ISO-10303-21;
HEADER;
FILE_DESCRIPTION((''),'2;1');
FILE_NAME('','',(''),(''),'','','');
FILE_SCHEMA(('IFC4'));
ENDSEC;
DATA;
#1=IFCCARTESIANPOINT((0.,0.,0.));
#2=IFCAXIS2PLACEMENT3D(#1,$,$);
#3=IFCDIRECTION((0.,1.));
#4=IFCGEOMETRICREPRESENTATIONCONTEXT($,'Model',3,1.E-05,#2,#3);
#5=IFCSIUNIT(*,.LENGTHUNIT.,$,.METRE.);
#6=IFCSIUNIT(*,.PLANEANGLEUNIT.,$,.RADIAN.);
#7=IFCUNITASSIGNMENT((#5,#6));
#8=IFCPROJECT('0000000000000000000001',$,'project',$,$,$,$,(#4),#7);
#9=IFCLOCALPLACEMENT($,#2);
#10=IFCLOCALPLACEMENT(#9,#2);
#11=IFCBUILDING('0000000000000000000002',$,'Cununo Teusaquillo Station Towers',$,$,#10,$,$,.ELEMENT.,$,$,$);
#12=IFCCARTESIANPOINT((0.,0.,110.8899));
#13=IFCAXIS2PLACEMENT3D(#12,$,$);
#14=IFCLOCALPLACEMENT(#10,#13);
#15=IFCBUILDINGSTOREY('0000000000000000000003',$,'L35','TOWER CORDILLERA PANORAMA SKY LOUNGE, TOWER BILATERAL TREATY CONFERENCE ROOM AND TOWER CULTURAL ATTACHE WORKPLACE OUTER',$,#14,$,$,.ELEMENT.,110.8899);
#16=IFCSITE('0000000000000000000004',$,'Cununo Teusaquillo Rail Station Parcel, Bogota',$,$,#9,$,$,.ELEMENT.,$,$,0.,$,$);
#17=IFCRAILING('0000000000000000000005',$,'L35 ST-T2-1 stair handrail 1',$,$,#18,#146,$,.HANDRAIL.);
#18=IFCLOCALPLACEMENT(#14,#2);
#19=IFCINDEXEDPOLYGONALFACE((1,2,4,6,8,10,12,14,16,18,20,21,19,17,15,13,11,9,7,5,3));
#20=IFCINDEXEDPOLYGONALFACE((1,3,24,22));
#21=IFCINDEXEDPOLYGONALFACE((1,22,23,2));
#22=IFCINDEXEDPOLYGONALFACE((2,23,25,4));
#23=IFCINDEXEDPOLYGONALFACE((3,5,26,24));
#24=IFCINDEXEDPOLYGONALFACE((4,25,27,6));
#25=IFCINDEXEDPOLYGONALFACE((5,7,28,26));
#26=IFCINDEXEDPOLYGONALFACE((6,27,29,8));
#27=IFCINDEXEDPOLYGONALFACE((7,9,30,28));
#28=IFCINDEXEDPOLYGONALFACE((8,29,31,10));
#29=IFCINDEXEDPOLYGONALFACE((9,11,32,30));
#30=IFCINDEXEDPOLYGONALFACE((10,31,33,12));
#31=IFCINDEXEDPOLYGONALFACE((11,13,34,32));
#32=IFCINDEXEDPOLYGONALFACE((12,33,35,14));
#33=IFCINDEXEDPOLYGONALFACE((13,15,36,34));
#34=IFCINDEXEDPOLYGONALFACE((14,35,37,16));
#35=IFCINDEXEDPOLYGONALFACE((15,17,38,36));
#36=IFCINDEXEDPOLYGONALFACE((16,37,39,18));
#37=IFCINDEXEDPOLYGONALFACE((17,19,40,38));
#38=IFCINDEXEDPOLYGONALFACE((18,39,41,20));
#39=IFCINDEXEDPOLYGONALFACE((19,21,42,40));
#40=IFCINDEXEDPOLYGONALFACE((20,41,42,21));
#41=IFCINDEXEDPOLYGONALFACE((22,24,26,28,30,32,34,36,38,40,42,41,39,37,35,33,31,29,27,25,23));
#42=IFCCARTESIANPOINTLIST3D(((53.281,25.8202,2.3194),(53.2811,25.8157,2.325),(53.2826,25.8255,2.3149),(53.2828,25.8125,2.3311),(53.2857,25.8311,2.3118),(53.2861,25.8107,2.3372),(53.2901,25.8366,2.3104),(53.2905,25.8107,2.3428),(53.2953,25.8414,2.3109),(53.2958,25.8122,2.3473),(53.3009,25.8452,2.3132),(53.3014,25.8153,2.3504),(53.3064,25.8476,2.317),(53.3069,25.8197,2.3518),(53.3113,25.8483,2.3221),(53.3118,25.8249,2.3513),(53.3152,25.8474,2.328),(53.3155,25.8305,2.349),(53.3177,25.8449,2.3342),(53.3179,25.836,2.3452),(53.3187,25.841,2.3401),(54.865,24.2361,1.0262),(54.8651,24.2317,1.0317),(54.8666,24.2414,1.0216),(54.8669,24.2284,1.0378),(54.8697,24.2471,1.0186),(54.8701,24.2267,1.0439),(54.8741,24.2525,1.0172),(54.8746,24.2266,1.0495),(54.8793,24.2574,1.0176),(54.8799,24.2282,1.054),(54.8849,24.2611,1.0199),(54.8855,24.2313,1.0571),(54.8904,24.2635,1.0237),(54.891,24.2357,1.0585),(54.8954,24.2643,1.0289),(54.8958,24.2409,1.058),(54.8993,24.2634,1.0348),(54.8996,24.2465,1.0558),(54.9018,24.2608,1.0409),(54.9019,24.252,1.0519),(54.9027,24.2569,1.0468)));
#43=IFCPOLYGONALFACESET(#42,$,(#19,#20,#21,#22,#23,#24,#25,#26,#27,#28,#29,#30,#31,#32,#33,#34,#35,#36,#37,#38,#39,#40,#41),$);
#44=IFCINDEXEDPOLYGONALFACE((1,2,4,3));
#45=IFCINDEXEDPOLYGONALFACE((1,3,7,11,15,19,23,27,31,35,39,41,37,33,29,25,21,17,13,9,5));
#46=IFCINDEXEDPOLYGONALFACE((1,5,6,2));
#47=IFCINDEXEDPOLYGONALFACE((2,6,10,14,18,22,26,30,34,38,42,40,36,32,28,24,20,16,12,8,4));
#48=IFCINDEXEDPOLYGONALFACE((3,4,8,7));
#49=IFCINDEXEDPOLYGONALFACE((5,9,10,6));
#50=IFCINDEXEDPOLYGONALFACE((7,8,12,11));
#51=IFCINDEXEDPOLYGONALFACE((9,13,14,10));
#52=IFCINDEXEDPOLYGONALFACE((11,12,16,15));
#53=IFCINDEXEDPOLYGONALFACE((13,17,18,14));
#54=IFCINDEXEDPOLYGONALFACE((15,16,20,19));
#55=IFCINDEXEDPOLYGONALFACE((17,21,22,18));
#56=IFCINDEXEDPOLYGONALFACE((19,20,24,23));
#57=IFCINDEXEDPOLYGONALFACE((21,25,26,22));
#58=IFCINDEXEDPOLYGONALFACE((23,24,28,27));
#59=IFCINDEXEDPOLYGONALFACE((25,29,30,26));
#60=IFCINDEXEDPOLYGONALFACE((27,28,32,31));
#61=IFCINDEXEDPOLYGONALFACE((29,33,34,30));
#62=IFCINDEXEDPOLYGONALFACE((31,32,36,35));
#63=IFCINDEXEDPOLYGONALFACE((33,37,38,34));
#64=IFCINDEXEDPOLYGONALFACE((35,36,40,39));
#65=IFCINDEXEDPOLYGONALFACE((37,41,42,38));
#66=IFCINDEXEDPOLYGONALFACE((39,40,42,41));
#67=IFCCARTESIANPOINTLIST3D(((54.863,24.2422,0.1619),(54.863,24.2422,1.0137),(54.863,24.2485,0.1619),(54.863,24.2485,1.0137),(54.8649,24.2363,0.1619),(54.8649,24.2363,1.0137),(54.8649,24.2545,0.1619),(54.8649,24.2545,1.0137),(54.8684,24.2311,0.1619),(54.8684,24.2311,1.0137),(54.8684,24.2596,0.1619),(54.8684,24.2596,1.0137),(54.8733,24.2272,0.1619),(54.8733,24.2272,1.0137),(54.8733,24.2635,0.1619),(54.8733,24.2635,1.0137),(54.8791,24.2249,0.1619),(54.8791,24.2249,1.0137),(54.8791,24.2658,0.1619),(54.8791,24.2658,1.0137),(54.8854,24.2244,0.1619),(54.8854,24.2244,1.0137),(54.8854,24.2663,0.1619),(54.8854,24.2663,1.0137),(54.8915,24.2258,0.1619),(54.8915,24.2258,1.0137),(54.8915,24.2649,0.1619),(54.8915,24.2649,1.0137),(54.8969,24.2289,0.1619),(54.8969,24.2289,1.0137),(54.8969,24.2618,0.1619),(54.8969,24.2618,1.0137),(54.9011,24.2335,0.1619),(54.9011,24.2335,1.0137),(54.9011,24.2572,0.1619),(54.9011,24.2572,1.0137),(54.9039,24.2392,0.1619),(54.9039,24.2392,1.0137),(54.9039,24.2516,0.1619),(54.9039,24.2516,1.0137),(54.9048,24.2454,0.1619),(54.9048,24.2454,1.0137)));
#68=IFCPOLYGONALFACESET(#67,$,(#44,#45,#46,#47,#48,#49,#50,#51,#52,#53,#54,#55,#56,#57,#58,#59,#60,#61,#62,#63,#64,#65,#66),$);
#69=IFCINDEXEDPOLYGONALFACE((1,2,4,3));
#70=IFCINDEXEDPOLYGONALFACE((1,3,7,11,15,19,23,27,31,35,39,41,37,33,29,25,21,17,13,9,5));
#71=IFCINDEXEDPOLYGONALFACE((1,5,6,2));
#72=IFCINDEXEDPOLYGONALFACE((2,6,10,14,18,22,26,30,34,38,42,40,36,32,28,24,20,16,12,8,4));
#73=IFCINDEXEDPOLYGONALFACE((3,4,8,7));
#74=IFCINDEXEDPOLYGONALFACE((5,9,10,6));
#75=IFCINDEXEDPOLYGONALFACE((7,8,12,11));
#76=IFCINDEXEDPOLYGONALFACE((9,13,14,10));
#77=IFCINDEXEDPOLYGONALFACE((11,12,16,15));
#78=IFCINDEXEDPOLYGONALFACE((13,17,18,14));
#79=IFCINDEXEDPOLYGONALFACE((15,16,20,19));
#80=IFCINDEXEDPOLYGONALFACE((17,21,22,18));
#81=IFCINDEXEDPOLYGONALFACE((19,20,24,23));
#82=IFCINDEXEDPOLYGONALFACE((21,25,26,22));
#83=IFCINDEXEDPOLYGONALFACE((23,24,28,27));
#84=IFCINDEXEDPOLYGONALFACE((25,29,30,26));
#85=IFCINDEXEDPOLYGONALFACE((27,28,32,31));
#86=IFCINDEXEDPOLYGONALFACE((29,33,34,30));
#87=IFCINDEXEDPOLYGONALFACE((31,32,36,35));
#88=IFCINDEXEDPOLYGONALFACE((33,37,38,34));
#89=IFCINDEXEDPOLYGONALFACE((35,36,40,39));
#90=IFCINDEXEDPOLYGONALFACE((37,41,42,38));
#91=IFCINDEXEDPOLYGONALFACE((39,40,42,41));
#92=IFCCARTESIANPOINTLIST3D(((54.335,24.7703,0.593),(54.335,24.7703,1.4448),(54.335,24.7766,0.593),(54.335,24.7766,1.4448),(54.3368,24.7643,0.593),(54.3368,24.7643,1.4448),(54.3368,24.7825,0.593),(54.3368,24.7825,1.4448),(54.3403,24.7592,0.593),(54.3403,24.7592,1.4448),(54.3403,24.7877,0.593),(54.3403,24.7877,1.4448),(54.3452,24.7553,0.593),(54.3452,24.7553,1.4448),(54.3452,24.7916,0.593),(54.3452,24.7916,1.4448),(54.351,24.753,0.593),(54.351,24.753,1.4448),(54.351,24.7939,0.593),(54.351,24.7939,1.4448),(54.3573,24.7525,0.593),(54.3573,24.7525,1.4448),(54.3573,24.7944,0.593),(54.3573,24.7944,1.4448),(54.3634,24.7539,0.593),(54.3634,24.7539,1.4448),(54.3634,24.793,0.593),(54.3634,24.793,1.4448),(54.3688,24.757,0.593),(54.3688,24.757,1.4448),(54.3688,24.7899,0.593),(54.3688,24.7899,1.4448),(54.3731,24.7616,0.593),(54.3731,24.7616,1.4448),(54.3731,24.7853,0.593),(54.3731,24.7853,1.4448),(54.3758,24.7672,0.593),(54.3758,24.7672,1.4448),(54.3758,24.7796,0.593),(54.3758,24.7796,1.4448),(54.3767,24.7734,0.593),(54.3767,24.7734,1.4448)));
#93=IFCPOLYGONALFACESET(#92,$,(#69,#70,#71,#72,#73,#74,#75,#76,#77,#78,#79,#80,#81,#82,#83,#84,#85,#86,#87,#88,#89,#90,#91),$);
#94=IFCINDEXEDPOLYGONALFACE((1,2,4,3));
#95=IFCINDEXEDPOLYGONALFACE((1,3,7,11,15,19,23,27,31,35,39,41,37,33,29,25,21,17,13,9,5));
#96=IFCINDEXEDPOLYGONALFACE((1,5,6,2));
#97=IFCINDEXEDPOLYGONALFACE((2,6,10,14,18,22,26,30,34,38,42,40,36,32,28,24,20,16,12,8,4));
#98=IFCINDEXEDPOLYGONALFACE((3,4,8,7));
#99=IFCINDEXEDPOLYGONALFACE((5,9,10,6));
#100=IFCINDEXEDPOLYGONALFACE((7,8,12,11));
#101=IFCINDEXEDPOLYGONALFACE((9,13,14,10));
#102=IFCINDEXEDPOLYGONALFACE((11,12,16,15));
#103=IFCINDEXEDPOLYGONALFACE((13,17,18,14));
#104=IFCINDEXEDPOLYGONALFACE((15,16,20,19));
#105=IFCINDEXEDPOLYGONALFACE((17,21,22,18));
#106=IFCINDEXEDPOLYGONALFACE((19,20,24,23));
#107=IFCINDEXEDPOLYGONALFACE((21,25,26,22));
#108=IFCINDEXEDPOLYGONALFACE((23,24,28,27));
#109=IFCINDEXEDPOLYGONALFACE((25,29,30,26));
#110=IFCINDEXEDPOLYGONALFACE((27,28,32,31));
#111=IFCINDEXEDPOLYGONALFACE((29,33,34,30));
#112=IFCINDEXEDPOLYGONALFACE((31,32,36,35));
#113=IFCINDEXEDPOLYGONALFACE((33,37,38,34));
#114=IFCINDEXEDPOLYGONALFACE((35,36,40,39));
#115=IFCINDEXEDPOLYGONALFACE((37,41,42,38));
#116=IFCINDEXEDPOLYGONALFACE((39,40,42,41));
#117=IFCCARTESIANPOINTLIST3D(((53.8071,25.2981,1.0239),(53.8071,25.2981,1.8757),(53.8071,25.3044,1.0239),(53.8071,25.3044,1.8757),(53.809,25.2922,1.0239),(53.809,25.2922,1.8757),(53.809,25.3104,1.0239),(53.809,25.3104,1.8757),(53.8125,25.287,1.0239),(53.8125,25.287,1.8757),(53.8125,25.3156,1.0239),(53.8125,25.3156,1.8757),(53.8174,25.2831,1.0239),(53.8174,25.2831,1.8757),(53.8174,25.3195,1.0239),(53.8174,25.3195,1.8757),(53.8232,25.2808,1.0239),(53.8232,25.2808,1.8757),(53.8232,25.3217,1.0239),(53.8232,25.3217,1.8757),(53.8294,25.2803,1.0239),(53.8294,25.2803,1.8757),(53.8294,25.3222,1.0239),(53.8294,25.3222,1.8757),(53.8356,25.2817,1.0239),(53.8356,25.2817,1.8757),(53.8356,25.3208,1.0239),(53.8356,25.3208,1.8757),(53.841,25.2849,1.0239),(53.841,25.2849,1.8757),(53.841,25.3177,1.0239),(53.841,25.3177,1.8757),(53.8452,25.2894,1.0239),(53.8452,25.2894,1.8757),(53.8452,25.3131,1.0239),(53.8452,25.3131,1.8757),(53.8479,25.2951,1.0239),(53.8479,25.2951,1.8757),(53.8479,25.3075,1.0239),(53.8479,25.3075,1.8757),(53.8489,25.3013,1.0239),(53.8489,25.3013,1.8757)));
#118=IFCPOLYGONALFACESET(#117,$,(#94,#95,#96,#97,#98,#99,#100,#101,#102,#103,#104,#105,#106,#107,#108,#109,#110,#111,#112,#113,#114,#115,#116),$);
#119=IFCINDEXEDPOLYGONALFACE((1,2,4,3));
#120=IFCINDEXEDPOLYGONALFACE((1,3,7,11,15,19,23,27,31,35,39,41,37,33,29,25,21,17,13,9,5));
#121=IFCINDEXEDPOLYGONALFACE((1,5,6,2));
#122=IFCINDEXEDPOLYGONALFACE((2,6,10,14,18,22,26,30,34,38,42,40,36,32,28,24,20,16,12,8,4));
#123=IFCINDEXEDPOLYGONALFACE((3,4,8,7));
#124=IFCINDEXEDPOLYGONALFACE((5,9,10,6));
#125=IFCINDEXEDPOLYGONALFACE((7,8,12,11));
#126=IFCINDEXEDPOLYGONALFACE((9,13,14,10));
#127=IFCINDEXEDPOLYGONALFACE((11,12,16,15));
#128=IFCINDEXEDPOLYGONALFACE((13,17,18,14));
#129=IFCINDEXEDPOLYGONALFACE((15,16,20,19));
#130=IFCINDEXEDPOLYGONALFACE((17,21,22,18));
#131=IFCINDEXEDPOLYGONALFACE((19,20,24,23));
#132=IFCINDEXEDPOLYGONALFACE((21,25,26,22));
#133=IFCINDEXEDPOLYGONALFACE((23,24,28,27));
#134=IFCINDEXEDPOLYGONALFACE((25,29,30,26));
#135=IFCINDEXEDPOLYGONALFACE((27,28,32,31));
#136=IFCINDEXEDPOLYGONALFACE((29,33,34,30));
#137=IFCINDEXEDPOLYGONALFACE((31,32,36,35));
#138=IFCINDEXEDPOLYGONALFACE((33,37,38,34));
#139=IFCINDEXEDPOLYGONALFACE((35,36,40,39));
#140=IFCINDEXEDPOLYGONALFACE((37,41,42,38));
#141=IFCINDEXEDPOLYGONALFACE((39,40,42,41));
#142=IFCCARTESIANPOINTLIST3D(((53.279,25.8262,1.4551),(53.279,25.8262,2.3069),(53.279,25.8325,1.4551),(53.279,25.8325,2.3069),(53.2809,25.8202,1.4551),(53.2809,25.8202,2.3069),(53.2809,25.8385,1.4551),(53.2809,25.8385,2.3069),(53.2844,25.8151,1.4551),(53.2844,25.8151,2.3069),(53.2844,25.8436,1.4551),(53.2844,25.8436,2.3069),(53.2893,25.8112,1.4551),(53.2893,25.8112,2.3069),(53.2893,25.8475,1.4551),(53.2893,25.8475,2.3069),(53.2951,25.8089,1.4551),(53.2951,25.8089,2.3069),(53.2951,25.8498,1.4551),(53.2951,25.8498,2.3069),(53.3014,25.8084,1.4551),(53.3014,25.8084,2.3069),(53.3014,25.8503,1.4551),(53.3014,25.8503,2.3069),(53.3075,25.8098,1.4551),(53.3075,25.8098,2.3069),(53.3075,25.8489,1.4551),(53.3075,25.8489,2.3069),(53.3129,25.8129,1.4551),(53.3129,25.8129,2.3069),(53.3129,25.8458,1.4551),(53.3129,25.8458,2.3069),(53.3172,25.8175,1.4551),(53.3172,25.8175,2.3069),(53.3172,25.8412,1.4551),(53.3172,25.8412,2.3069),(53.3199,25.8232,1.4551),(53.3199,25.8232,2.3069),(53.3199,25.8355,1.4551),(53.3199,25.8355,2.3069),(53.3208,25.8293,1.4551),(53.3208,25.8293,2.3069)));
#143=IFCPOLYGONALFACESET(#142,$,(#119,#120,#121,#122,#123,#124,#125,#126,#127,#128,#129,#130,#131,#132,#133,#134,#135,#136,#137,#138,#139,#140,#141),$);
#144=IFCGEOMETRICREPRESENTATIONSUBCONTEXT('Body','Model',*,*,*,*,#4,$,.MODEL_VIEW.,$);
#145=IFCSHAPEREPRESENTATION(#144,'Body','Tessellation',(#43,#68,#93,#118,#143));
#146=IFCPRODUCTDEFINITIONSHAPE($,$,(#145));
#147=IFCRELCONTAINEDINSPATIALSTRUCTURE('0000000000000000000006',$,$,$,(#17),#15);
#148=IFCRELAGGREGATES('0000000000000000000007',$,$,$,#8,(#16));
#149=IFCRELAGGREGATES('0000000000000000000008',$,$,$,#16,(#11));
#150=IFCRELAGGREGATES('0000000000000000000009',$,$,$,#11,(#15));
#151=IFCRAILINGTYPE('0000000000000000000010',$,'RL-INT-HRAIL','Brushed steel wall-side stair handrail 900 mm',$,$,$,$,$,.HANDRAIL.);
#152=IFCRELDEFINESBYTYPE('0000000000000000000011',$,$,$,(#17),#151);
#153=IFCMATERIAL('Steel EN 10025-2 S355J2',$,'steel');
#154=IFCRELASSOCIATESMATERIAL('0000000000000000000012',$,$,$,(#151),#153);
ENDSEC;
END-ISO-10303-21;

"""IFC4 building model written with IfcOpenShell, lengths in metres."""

from ifc_helpers import new_model, si_unit, direction, frame, origin, origin_2d, place, context, subcontext, project, spatial, circle, extrude, material, type_object, element, save


model = new_model("IFC4")

# Units and contexts
model_context = context("Model", 3, precision=1e-05, world=origin(), true_north=direction((0.0, 1.0)))
body_context = subcontext(model_context, "Body", "Model", "MODEL_VIEW")
ifc_project = project(units=[si_unit("LENGTHUNIT", "METRE"), si_unit("PLANEANGLEUNIT", "RADIAN")], contexts=[model_context])

# Site, building, storey
site_placement = place(None, origin())
site = spatial("IfcSite", under=ifc_project, at=site_placement, Name="Cununo Teusaquillo Rail Station Parcel, Bogota", CompositionType="ELEMENT", RefElevation=0.0)
building_placement = place(site_placement, origin())
building = spatial("IfcBuilding", under=site, at=building_placement, Name="Cununo Teusaquillo Station Towers", CompositionType="ELEMENT")
storey_placement = place(building_placement, frame((0.0, 0.0, 110.8899)))
storey = spatial("IfcBuildingStorey", under=building, at=storey_placement, Name="L35", Description="TOWER CORDILLERA PANORAMA SKY LOUNGE, TOWER BILATERAL TREATY CONFERENCE ROOM AND TOWER CULTURAL ATTACHE WORKPLACE OUTER", CompositionType="ELEMENT", Elevation=110.8899)

# Railing
ifc_material_1 = material(Name="Steel EN 10025-2 S355J2", Category="steel")
railing_type_1 = type_object("IfcRailingType", Name="RL-INT-HRAIL", Description="Brushed steel wall-side stair handrail 900 mm", PredefinedType="HANDRAIL", material=ifc_material_1)
railing_1_placement = place(storey_placement, frame((54.8838, 24.2454, 0.1619)))
element("IfcRailing", 1, at=railing_1_placement, inside=storey, type_object=railing_type_1, Name="L35 ST-T2-1 stair handrail 1", PredefinedType="HANDRAIL", context=body_context, shape_type="SweptSolid", body=[
    extrude(circle(Radius=0.0239, at=origin_2d()), frame((0.0, 0.0, 0.876), z_axis=(-0.612385, 0.612385, 0.49997), x_axis=(-0.707107, -0.707107, 0.0)), (0.0, 0.0, 1.0), 2.5867),
    extrude(circle(Radius=0.021, at=origin_2d()), origin(), (0.0, 0.0, 1.0), 0.8518),
    extrude(circle(Radius=0.021, at=origin_2d()), frame((-0.5281, 0.5281, 0.4312)), (0.0, 0.0, 1.0), 0.8518),
    extrude(circle(Radius=0.021, at=origin_2d()), frame((-1.0559, 1.0559, 0.8621)), (0.0, 0.0, 1.0), 0.8518),
    extrude(circle(Radius=0.021, at=origin_2d()), frame((-1.584, 1.584, 1.2932)), (0.0, 0.0, 1.0), 0.8518),
])

save(model, "model.ifc")
